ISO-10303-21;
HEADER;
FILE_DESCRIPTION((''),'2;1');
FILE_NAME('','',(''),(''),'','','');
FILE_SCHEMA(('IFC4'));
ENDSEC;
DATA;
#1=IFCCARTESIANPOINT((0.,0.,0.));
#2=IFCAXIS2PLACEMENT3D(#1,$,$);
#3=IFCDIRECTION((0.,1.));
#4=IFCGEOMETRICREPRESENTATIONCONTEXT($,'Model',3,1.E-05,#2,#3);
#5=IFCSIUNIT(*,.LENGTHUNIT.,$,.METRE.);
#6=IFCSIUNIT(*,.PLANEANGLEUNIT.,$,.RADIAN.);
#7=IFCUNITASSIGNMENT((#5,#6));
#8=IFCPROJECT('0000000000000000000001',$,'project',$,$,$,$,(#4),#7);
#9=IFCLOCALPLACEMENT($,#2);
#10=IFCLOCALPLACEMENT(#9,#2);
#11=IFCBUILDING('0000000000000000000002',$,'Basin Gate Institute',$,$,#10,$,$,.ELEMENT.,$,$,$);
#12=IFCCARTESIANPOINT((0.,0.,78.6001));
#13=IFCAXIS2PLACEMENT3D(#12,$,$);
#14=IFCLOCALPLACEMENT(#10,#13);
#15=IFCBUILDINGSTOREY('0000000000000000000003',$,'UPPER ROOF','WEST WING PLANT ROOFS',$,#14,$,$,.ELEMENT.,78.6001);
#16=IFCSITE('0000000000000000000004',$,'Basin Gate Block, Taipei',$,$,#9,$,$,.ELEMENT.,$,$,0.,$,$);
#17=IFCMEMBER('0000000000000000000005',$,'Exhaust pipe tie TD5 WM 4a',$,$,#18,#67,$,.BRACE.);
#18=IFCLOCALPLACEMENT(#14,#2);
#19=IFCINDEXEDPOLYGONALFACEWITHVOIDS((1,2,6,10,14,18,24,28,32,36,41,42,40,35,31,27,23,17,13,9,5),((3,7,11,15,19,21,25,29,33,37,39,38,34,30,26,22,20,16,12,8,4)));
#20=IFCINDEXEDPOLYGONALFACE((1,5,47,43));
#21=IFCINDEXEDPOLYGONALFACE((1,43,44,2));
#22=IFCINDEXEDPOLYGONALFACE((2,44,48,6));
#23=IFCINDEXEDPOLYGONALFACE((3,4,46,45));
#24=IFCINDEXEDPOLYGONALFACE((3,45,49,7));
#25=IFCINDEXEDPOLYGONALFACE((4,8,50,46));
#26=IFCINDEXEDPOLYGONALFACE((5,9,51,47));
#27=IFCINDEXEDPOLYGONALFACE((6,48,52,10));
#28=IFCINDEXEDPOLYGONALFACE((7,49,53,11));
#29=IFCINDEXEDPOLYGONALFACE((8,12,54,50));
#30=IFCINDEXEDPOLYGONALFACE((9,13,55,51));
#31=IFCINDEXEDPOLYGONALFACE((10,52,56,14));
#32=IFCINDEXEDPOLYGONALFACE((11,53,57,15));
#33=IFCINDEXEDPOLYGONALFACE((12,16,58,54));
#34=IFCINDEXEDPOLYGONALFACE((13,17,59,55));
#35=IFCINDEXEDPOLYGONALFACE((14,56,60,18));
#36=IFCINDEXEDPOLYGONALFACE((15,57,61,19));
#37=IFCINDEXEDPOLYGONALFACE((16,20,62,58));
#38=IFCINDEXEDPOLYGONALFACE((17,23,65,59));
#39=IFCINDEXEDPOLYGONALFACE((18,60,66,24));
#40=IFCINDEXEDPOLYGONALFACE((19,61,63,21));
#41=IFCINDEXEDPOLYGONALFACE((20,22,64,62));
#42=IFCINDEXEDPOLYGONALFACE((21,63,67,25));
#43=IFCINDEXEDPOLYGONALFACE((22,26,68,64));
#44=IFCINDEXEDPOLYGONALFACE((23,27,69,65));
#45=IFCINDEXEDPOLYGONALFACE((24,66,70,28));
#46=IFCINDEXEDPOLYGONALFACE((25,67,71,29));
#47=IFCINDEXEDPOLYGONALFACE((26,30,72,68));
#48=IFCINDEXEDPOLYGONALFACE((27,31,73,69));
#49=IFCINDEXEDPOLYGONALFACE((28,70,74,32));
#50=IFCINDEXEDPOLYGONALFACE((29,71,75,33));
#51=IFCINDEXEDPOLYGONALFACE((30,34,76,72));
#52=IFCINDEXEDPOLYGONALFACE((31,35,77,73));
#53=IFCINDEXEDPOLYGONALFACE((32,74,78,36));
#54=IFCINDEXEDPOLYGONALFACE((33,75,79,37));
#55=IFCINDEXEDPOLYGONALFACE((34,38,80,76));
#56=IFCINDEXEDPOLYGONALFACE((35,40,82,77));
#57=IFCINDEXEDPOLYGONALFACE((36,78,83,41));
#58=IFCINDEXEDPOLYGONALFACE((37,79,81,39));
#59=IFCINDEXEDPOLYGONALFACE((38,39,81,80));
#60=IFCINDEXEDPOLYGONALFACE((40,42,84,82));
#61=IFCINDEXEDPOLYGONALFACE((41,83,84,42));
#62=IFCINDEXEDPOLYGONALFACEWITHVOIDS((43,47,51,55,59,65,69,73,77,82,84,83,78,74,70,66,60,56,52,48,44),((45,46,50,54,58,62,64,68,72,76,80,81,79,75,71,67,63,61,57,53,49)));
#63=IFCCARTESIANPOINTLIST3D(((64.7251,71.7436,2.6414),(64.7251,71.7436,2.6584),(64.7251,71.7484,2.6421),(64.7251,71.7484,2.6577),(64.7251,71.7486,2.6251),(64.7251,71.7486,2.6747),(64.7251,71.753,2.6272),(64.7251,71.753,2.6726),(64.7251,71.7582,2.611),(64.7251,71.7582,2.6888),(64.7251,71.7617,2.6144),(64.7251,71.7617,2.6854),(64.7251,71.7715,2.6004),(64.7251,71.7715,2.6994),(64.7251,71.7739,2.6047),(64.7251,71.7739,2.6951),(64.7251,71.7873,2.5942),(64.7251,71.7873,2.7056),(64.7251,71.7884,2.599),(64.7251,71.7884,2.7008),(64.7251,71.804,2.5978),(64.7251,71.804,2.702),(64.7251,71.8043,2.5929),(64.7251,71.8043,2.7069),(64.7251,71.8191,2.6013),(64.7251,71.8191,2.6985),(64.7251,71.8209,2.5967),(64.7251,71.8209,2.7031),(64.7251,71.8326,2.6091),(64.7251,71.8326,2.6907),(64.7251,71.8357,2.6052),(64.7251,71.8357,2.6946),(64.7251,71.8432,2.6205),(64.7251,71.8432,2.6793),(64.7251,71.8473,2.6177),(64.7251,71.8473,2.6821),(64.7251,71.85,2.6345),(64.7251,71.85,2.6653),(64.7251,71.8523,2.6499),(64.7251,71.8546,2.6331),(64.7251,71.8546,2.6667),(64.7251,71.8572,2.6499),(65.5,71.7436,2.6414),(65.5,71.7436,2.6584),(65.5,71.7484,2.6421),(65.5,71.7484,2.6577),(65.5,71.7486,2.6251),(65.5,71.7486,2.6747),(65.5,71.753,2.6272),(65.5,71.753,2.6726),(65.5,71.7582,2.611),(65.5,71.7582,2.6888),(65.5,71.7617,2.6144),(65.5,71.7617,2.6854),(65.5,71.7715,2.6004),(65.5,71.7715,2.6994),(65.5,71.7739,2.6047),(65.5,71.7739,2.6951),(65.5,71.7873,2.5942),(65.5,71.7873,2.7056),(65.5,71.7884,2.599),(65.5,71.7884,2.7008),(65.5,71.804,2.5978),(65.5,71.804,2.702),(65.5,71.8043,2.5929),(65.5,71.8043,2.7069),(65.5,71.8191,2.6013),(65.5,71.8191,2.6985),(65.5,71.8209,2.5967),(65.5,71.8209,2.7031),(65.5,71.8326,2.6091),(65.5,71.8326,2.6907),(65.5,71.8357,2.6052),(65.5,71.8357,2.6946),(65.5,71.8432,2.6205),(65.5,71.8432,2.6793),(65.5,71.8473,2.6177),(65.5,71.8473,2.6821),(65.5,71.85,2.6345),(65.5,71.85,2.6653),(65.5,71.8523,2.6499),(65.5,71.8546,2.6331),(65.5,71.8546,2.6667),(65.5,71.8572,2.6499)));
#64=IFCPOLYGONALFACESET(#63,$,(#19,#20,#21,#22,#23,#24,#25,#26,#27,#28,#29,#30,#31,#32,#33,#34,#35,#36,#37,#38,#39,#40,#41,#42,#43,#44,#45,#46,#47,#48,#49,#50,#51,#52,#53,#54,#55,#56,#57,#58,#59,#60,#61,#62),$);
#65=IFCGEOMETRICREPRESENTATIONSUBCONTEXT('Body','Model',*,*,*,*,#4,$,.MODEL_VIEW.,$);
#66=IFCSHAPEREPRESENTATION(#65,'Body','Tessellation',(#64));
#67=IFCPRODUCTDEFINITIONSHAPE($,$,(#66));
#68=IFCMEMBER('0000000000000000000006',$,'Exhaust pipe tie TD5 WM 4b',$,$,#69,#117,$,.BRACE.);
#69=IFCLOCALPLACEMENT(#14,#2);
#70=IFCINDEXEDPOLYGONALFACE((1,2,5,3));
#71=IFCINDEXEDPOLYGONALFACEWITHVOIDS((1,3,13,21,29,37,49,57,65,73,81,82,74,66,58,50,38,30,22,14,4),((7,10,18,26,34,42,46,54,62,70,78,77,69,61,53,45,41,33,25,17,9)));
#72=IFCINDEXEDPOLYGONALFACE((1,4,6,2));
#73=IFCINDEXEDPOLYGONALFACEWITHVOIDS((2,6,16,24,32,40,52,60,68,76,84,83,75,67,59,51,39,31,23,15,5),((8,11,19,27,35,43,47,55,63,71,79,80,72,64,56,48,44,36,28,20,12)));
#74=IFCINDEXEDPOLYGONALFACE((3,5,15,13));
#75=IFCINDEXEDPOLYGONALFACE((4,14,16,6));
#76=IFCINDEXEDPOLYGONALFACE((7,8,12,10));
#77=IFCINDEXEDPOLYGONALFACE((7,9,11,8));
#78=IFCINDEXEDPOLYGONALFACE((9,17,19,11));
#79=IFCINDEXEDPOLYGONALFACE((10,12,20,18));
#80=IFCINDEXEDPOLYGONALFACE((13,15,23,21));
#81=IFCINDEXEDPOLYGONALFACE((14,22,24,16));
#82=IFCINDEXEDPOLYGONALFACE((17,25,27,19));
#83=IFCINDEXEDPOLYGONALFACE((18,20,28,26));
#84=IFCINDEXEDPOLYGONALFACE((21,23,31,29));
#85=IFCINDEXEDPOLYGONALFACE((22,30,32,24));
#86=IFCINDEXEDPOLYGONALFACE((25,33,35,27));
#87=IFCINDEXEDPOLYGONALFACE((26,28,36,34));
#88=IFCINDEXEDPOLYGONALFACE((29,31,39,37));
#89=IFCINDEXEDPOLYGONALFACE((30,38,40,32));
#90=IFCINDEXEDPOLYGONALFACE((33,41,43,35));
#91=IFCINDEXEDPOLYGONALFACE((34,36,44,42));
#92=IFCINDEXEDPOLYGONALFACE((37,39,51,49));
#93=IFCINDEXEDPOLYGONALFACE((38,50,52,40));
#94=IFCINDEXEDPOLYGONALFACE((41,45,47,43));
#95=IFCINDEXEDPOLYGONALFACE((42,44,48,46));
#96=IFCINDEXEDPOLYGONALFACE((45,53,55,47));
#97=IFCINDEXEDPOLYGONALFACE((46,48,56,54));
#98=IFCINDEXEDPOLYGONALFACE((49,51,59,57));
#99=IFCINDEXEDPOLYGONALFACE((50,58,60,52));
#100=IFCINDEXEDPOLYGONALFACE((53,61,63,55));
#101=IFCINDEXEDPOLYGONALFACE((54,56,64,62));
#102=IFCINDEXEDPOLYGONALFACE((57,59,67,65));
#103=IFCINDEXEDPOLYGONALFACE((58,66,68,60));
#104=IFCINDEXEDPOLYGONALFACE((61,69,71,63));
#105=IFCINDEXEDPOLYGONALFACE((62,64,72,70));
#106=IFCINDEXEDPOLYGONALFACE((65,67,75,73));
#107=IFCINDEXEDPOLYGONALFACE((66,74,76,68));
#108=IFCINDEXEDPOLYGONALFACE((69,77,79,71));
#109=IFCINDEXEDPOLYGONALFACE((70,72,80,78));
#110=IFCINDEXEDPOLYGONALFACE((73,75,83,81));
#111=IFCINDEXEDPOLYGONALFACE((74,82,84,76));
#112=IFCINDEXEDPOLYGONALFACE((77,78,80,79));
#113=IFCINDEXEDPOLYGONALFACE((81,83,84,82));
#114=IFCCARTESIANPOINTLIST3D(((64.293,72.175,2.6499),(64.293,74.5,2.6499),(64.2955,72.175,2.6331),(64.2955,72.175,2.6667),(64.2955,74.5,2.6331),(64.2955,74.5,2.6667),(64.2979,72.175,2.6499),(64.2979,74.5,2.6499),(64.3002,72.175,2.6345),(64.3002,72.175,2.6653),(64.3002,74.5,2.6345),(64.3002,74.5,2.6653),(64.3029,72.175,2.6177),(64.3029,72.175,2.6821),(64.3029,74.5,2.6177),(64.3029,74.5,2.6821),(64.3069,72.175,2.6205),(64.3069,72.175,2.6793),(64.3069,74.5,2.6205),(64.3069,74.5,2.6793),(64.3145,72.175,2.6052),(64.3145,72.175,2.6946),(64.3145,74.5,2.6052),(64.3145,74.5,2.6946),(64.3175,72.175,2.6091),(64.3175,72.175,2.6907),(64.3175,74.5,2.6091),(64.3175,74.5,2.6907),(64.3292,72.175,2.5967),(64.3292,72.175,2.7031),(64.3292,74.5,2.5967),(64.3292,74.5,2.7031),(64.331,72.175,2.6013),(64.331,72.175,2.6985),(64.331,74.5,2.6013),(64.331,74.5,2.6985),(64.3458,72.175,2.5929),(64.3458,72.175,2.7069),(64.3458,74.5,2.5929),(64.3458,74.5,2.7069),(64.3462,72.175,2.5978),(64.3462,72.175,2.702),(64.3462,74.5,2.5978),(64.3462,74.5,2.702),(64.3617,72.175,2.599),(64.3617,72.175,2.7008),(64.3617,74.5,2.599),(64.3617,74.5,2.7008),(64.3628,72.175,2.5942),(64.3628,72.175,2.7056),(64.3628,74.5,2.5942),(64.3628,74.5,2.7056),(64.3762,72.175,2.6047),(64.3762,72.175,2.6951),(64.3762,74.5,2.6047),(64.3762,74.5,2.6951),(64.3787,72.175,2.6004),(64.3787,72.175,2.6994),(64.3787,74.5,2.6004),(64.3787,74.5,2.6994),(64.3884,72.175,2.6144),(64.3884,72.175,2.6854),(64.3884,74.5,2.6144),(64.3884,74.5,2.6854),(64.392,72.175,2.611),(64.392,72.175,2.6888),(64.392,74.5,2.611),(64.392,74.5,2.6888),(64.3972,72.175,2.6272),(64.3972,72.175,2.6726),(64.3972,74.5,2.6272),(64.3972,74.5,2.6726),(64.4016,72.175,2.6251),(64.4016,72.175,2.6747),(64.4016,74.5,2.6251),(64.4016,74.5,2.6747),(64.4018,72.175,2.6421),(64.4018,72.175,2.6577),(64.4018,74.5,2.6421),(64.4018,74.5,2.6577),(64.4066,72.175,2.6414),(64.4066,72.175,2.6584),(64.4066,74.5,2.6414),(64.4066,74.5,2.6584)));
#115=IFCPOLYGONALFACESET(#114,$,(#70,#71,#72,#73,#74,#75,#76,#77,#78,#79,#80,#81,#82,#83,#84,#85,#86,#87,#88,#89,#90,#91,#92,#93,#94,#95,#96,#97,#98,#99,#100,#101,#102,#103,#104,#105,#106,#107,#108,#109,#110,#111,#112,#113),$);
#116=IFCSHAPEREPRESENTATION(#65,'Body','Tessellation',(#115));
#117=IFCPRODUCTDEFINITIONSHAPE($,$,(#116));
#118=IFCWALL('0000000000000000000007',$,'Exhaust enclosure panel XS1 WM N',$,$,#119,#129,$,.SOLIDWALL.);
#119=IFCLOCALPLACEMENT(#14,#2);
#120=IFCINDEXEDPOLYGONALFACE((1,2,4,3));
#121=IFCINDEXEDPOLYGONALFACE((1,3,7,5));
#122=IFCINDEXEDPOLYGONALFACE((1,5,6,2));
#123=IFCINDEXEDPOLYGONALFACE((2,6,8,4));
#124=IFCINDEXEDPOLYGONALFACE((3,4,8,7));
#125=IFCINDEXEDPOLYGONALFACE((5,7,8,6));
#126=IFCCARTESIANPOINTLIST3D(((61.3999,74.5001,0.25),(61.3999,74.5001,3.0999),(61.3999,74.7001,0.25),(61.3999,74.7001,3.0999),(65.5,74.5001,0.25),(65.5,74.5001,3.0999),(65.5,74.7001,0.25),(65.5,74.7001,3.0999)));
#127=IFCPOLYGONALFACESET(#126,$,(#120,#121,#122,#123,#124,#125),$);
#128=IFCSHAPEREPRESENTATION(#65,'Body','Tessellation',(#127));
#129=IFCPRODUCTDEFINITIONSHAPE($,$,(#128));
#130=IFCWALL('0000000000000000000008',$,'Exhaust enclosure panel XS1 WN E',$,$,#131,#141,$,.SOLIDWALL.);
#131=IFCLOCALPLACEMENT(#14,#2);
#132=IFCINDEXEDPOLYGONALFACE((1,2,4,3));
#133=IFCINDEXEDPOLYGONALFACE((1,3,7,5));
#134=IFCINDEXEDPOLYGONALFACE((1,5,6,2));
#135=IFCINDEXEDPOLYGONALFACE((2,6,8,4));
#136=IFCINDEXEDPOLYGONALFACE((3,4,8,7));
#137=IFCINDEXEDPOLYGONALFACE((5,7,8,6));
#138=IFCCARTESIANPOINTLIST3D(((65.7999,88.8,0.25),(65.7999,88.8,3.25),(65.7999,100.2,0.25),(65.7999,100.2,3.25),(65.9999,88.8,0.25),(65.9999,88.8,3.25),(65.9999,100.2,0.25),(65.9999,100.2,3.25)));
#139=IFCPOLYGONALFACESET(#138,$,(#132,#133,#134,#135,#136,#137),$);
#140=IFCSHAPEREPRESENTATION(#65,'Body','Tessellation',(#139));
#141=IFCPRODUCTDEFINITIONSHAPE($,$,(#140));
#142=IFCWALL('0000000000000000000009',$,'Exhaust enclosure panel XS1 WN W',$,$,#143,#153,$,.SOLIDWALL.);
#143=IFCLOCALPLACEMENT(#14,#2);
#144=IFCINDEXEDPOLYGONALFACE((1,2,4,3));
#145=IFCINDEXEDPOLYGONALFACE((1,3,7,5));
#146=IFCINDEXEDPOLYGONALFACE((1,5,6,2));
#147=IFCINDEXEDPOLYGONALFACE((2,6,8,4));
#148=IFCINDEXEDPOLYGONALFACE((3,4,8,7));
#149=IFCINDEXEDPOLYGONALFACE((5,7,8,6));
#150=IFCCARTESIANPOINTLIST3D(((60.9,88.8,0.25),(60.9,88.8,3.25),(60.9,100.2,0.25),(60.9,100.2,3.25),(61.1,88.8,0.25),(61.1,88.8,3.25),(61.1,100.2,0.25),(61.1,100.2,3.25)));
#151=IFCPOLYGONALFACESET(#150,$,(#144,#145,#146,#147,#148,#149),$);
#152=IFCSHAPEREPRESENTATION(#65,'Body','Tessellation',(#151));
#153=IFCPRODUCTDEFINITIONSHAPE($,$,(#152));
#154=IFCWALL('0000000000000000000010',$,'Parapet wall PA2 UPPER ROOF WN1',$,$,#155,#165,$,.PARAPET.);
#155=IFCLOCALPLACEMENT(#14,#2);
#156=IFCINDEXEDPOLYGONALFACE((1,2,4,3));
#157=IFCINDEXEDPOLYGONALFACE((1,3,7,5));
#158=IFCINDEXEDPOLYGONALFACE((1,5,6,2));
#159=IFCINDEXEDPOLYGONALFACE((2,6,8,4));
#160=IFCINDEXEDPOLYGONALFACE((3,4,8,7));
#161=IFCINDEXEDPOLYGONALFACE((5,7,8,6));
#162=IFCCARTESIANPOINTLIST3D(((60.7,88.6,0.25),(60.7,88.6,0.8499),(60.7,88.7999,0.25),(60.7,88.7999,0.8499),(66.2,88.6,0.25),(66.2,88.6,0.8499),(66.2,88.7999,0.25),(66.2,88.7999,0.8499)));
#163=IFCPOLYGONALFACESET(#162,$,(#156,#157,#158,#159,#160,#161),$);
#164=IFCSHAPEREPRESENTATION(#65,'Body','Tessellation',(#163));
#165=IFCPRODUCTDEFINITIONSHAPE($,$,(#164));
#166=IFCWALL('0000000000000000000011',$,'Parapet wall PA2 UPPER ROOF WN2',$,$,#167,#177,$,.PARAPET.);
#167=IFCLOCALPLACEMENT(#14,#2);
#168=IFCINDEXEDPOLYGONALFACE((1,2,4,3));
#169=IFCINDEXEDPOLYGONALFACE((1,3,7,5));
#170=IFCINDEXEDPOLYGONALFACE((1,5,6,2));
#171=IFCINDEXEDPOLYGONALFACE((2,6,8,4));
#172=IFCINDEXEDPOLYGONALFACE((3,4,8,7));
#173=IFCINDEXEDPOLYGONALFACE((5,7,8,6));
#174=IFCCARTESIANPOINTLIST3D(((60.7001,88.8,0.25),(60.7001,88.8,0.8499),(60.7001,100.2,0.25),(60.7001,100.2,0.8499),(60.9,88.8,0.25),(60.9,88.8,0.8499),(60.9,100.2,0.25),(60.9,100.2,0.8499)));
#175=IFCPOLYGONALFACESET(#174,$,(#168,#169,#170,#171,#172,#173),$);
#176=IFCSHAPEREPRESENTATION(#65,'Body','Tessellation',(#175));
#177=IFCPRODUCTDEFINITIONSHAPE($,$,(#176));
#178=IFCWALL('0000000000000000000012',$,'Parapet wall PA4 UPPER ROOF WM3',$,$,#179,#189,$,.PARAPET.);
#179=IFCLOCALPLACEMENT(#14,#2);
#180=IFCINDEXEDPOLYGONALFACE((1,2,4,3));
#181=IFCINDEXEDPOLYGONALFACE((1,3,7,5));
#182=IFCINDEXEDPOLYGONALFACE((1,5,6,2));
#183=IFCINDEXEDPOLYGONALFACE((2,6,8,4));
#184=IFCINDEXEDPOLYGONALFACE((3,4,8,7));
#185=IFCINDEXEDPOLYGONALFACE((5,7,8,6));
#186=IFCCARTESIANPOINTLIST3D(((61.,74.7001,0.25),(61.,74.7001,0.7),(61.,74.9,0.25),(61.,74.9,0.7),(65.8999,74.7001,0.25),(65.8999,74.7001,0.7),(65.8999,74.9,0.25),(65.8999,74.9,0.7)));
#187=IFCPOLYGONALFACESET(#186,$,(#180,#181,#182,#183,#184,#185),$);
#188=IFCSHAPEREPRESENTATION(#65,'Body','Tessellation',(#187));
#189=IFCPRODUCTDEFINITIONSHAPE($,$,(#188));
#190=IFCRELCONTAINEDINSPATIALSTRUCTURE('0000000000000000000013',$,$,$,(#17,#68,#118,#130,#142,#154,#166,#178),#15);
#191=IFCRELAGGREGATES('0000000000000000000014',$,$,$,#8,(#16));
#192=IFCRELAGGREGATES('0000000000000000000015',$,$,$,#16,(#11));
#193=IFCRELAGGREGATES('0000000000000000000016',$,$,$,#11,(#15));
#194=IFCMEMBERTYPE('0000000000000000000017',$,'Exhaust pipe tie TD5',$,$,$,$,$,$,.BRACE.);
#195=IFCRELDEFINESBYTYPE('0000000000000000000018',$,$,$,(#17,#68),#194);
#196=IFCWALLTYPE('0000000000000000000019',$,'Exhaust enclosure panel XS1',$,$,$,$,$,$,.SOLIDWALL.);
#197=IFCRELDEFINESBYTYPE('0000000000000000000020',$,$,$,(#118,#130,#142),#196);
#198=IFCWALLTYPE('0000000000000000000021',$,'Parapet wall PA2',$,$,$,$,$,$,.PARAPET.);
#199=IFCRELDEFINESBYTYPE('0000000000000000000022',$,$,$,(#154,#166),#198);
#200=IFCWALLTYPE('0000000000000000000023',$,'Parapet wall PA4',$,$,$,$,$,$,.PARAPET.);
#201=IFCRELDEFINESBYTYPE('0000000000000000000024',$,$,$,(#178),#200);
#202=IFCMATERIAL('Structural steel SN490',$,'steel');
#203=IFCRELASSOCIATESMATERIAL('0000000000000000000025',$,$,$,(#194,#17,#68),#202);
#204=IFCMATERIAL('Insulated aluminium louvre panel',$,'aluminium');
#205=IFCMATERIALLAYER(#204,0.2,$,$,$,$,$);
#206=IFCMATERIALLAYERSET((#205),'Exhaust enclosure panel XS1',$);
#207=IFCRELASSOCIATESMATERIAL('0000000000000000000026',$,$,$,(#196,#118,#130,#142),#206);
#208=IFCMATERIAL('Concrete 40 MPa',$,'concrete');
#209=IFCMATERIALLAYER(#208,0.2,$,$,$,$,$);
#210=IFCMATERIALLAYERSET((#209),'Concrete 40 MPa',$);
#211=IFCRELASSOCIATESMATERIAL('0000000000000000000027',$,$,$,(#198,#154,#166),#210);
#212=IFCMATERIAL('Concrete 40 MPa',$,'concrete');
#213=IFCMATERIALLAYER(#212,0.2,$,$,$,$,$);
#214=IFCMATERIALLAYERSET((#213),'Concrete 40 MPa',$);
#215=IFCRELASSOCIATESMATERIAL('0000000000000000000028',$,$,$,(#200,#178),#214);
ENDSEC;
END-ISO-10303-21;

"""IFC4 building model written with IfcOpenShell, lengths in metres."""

from ifc_helpers import new_model, si_unit, direction, frame, frame_2d, origin, origin_2d, place, context, subcontext, project, spatial, rectangle, hollow_circle, extrude, material, layer, layer_set, material_profile, profile_set, type_object, element, save


model = new_model("IFC4")

# Units and contexts
model_context = context("Model", 3, precision=1e-05, world=origin(), true_north=direction((0.0, 1.0)))
body_context = subcontext(model_context, "Body", "Model", "MODEL_VIEW")
ifc_project = project(units=[si_unit("LENGTHUNIT", "METRE"), si_unit("PLANEANGLEUNIT", "RADIAN")], contexts=[model_context])

# Site, building, storey
site_placement = place(None, origin())
site = spatial("IfcSite", under=ifc_project, at=site_placement, Name="Basin Gate Block, Taipei", CompositionType="ELEMENT", RefElevation=0.0)
building_placement = place(site_placement, origin())
building = spatial("IfcBuilding", under=site, at=building_placement, Name="Basin Gate Institute", CompositionType="ELEMENT")
storey_placement = place(building_placement, frame((0.0, 0.0, 78.6001)))
storey = spatial("IfcBuildingStorey", under=building, at=storey_placement, Name="UPPER ROOF", Description="WEST WING PLANT ROOFS", CompositionType="ELEMENT", Elevation=78.6001)

# Members
ifc_material_1 = material(Name="Structural steel SN490", Category="steel")
ifc_material_profile_1 = material_profile(ifc_material_1, hollow_circle(Radius=0.0571, WallThickness=0.0049, at=origin_2d()), Name="CHS114x5")
ifc_profile_set_1 = profile_set([ifc_material_profile_1], Name="Structural steel SN490")
member_type_1 = type_object("IfcMemberType", Name="Exhaust pipe tie TD5", PredefinedType="BRACE", material=ifc_profile_set_1)
member_1_placement = place(storey_placement, frame((64.7251, 71.8, 2.6499), z_axis=(1.0, 0.0, 0.0), x_axis=(0.0, 1.0, 0.0)))
element("IfcMember", 1, at=member_1_placement, inside=storey, type_object=member_type_1, material=ifc_profile_set_1, Name="Exhaust pipe tie TD5 WM 4a", PredefinedType="BRACE", context=body_context, shape_type="SweptSolid", body=[
    extrude(hollow_circle(Radius=0.0571, WallThickness=0.0049, at=origin_2d()), origin(), (0.0, 0.0, 1.0), 0.7749),
])
member_2_placement = place(storey_placement, frame((64.3501, 72.175, 2.6499), z_axis=(0.0, 1.0, 0.0), x_axis=(-1.0, 0.0, 0.0)))
element("IfcMember", 2, at=member_2_placement, inside=storey, type_object=member_type_1, material=ifc_profile_set_1, Name="Exhaust pipe tie TD5 WM 4b", PredefinedType="BRACE", context=body_context, shape_type="SweptSolid", body=[
    extrude(hollow_circle(Radius=0.0571, WallThickness=0.0049, at=origin_2d()), origin(), (0.0, 0.0, 1.0), 2.325),
])

# Walls
ifc_material_2 = material(Name="Insulated aluminium louvre panel", Category="aluminium")
ifc_layer_1 = layer(ifc_material_2, 0.2)
ifc_layer_set_1 = layer_set([ifc_layer_1], Name="Exhaust enclosure panel XS1")
wall_type_1 = type_object("IfcWallType", Name="Exhaust enclosure panel XS1", PredefinedType="SOLIDWALL", material=ifc_layer_set_1)
wall_1_placement = place(storey_placement, frame((61.3999, 74.6001, 0.25), z_axis=(0.0, 0.0, 1.0), x_axis=(1.0, 0.0, 0.0)))
element("IfcWall", 3, at=wall_1_placement, inside=storey, type_object=wall_type_1, material=ifc_layer_set_1, Name="Exhaust enclosure panel XS1 WM N", PredefinedType="SOLIDWALL", context=body_context, shape_type="SweptSolid", body=[
    extrude(rectangle(XDim=4.1001, YDim=0.2, at=frame_2d((2.05, 0.0))), origin(), (0.0, 0.0, 1.0), 2.8499),
])
for number, where, z_axis, x_axis, name in (
    (4, (65.8999, 88.8, 0.25), (0.0, 0.0, 1.0), (0.0, 1.0, 0.0), "Exhaust enclosure panel XS1 WN E"),
    (5, (61.0, 88.8, 0.25), (0.0, 0.0, 1.0), (0.0, 1.0, 0.0), "Exhaust enclosure panel XS1 WN W"),
):
    element("IfcWall", number, at=place(storey_placement, frame(where, z_axis=z_axis, x_axis=x_axis)), inside=storey, type_object=wall_type_1, material=ifc_layer_set_1, Name=name, PredefinedType="SOLIDWALL", context=body_context, shape_type="SweptSolid", body=[
        extrude(rectangle(XDim=11.3999, YDim=0.2, at=frame_2d((5.7, 0.0))), origin(), (0.0, 0.0, 1.0), 3.0),
    ])
ifc_material_3 = material(Name="Concrete 40 MPa", Category="concrete")
ifc_layer_2 = layer(ifc_material_3, 0.2)
ifc_layer_set_2 = layer_set([ifc_layer_2], Name="Concrete 40 MPa")
wall_type_2 = type_object("IfcWallType", Name="Parapet wall PA2", PredefinedType="PARAPET", material=ifc_layer_set_2)
wall_2_placement = place(storey_placement, frame((66.2, 88.7, 0.25), z_axis=(0.0, 0.0, 1.0), x_axis=(-1.0, 0.0, 0.0)))
element("IfcWall", 6, at=wall_2_placement, inside=storey, type_object=wall_type_2, material=ifc_layer_set_2, Name="Parapet wall PA2 UPPER ROOF WN1", PredefinedType="PARAPET", context=body_context, shape_type="SweptSolid", body=[
    extrude(rectangle(XDim=5.5, YDim=0.2, at=frame_2d((2.75, 0.0))), origin(), (0.0, 0.0, 1.0), 0.5999),
])
wall_3_placement = place(storey_placement, frame((60.8, 88.8, 0.25), z_axis=(0.0, 0.0, 1.0), x_axis=(0.0, 1.0, 0.0)))
element("IfcWall", 7, at=wall_3_placement, inside=storey, type_object=wall_type_2, material=ifc_layer_set_2, Name="Parapet wall PA2 UPPER ROOF WN2", PredefinedType="PARAPET", context=body_context, shape_type="SweptSolid", body=[
    extrude(rectangle(XDim=11.3999, YDim=0.2, at=frame_2d((5.7, 0.0))), origin(), (0.0, 0.0, 1.0), 0.5999),
])
ifc_material_4 = material(Name="Concrete 40 MPa", Category="concrete")
ifc_layer_3 = layer(ifc_material_4, 0.2)
ifc_layer_set_3 = layer_set([ifc_layer_3], Name="Concrete 40 MPa")
wall_type_3 = type_object("IfcWallType", Name="Parapet wall PA4", PredefinedType="PARAPET", material=ifc_layer_set_3)
wall_4_placement = place(storey_placement, frame((61.0, 74.8, 0.25), z_axis=(0.0, 0.0, 1.0), x_axis=(1.0, 0.0, 0.0)))
element("IfcWall", 8, at=wall_4_placement, inside=storey, type_object=wall_type_3, material=ifc_layer_set_3, Name="Parapet wall PA4 UPPER ROOF WM3", PredefinedType="PARAPET", context=body_context, shape_type="SweptSolid", body=[
    extrude(rectangle(XDim=4.8999, YDim=0.2, at=frame_2d((2.45, 0.0))), origin(), (0.0, 0.0, 1.0), 0.45),
])

save(model, "model.ifc")
